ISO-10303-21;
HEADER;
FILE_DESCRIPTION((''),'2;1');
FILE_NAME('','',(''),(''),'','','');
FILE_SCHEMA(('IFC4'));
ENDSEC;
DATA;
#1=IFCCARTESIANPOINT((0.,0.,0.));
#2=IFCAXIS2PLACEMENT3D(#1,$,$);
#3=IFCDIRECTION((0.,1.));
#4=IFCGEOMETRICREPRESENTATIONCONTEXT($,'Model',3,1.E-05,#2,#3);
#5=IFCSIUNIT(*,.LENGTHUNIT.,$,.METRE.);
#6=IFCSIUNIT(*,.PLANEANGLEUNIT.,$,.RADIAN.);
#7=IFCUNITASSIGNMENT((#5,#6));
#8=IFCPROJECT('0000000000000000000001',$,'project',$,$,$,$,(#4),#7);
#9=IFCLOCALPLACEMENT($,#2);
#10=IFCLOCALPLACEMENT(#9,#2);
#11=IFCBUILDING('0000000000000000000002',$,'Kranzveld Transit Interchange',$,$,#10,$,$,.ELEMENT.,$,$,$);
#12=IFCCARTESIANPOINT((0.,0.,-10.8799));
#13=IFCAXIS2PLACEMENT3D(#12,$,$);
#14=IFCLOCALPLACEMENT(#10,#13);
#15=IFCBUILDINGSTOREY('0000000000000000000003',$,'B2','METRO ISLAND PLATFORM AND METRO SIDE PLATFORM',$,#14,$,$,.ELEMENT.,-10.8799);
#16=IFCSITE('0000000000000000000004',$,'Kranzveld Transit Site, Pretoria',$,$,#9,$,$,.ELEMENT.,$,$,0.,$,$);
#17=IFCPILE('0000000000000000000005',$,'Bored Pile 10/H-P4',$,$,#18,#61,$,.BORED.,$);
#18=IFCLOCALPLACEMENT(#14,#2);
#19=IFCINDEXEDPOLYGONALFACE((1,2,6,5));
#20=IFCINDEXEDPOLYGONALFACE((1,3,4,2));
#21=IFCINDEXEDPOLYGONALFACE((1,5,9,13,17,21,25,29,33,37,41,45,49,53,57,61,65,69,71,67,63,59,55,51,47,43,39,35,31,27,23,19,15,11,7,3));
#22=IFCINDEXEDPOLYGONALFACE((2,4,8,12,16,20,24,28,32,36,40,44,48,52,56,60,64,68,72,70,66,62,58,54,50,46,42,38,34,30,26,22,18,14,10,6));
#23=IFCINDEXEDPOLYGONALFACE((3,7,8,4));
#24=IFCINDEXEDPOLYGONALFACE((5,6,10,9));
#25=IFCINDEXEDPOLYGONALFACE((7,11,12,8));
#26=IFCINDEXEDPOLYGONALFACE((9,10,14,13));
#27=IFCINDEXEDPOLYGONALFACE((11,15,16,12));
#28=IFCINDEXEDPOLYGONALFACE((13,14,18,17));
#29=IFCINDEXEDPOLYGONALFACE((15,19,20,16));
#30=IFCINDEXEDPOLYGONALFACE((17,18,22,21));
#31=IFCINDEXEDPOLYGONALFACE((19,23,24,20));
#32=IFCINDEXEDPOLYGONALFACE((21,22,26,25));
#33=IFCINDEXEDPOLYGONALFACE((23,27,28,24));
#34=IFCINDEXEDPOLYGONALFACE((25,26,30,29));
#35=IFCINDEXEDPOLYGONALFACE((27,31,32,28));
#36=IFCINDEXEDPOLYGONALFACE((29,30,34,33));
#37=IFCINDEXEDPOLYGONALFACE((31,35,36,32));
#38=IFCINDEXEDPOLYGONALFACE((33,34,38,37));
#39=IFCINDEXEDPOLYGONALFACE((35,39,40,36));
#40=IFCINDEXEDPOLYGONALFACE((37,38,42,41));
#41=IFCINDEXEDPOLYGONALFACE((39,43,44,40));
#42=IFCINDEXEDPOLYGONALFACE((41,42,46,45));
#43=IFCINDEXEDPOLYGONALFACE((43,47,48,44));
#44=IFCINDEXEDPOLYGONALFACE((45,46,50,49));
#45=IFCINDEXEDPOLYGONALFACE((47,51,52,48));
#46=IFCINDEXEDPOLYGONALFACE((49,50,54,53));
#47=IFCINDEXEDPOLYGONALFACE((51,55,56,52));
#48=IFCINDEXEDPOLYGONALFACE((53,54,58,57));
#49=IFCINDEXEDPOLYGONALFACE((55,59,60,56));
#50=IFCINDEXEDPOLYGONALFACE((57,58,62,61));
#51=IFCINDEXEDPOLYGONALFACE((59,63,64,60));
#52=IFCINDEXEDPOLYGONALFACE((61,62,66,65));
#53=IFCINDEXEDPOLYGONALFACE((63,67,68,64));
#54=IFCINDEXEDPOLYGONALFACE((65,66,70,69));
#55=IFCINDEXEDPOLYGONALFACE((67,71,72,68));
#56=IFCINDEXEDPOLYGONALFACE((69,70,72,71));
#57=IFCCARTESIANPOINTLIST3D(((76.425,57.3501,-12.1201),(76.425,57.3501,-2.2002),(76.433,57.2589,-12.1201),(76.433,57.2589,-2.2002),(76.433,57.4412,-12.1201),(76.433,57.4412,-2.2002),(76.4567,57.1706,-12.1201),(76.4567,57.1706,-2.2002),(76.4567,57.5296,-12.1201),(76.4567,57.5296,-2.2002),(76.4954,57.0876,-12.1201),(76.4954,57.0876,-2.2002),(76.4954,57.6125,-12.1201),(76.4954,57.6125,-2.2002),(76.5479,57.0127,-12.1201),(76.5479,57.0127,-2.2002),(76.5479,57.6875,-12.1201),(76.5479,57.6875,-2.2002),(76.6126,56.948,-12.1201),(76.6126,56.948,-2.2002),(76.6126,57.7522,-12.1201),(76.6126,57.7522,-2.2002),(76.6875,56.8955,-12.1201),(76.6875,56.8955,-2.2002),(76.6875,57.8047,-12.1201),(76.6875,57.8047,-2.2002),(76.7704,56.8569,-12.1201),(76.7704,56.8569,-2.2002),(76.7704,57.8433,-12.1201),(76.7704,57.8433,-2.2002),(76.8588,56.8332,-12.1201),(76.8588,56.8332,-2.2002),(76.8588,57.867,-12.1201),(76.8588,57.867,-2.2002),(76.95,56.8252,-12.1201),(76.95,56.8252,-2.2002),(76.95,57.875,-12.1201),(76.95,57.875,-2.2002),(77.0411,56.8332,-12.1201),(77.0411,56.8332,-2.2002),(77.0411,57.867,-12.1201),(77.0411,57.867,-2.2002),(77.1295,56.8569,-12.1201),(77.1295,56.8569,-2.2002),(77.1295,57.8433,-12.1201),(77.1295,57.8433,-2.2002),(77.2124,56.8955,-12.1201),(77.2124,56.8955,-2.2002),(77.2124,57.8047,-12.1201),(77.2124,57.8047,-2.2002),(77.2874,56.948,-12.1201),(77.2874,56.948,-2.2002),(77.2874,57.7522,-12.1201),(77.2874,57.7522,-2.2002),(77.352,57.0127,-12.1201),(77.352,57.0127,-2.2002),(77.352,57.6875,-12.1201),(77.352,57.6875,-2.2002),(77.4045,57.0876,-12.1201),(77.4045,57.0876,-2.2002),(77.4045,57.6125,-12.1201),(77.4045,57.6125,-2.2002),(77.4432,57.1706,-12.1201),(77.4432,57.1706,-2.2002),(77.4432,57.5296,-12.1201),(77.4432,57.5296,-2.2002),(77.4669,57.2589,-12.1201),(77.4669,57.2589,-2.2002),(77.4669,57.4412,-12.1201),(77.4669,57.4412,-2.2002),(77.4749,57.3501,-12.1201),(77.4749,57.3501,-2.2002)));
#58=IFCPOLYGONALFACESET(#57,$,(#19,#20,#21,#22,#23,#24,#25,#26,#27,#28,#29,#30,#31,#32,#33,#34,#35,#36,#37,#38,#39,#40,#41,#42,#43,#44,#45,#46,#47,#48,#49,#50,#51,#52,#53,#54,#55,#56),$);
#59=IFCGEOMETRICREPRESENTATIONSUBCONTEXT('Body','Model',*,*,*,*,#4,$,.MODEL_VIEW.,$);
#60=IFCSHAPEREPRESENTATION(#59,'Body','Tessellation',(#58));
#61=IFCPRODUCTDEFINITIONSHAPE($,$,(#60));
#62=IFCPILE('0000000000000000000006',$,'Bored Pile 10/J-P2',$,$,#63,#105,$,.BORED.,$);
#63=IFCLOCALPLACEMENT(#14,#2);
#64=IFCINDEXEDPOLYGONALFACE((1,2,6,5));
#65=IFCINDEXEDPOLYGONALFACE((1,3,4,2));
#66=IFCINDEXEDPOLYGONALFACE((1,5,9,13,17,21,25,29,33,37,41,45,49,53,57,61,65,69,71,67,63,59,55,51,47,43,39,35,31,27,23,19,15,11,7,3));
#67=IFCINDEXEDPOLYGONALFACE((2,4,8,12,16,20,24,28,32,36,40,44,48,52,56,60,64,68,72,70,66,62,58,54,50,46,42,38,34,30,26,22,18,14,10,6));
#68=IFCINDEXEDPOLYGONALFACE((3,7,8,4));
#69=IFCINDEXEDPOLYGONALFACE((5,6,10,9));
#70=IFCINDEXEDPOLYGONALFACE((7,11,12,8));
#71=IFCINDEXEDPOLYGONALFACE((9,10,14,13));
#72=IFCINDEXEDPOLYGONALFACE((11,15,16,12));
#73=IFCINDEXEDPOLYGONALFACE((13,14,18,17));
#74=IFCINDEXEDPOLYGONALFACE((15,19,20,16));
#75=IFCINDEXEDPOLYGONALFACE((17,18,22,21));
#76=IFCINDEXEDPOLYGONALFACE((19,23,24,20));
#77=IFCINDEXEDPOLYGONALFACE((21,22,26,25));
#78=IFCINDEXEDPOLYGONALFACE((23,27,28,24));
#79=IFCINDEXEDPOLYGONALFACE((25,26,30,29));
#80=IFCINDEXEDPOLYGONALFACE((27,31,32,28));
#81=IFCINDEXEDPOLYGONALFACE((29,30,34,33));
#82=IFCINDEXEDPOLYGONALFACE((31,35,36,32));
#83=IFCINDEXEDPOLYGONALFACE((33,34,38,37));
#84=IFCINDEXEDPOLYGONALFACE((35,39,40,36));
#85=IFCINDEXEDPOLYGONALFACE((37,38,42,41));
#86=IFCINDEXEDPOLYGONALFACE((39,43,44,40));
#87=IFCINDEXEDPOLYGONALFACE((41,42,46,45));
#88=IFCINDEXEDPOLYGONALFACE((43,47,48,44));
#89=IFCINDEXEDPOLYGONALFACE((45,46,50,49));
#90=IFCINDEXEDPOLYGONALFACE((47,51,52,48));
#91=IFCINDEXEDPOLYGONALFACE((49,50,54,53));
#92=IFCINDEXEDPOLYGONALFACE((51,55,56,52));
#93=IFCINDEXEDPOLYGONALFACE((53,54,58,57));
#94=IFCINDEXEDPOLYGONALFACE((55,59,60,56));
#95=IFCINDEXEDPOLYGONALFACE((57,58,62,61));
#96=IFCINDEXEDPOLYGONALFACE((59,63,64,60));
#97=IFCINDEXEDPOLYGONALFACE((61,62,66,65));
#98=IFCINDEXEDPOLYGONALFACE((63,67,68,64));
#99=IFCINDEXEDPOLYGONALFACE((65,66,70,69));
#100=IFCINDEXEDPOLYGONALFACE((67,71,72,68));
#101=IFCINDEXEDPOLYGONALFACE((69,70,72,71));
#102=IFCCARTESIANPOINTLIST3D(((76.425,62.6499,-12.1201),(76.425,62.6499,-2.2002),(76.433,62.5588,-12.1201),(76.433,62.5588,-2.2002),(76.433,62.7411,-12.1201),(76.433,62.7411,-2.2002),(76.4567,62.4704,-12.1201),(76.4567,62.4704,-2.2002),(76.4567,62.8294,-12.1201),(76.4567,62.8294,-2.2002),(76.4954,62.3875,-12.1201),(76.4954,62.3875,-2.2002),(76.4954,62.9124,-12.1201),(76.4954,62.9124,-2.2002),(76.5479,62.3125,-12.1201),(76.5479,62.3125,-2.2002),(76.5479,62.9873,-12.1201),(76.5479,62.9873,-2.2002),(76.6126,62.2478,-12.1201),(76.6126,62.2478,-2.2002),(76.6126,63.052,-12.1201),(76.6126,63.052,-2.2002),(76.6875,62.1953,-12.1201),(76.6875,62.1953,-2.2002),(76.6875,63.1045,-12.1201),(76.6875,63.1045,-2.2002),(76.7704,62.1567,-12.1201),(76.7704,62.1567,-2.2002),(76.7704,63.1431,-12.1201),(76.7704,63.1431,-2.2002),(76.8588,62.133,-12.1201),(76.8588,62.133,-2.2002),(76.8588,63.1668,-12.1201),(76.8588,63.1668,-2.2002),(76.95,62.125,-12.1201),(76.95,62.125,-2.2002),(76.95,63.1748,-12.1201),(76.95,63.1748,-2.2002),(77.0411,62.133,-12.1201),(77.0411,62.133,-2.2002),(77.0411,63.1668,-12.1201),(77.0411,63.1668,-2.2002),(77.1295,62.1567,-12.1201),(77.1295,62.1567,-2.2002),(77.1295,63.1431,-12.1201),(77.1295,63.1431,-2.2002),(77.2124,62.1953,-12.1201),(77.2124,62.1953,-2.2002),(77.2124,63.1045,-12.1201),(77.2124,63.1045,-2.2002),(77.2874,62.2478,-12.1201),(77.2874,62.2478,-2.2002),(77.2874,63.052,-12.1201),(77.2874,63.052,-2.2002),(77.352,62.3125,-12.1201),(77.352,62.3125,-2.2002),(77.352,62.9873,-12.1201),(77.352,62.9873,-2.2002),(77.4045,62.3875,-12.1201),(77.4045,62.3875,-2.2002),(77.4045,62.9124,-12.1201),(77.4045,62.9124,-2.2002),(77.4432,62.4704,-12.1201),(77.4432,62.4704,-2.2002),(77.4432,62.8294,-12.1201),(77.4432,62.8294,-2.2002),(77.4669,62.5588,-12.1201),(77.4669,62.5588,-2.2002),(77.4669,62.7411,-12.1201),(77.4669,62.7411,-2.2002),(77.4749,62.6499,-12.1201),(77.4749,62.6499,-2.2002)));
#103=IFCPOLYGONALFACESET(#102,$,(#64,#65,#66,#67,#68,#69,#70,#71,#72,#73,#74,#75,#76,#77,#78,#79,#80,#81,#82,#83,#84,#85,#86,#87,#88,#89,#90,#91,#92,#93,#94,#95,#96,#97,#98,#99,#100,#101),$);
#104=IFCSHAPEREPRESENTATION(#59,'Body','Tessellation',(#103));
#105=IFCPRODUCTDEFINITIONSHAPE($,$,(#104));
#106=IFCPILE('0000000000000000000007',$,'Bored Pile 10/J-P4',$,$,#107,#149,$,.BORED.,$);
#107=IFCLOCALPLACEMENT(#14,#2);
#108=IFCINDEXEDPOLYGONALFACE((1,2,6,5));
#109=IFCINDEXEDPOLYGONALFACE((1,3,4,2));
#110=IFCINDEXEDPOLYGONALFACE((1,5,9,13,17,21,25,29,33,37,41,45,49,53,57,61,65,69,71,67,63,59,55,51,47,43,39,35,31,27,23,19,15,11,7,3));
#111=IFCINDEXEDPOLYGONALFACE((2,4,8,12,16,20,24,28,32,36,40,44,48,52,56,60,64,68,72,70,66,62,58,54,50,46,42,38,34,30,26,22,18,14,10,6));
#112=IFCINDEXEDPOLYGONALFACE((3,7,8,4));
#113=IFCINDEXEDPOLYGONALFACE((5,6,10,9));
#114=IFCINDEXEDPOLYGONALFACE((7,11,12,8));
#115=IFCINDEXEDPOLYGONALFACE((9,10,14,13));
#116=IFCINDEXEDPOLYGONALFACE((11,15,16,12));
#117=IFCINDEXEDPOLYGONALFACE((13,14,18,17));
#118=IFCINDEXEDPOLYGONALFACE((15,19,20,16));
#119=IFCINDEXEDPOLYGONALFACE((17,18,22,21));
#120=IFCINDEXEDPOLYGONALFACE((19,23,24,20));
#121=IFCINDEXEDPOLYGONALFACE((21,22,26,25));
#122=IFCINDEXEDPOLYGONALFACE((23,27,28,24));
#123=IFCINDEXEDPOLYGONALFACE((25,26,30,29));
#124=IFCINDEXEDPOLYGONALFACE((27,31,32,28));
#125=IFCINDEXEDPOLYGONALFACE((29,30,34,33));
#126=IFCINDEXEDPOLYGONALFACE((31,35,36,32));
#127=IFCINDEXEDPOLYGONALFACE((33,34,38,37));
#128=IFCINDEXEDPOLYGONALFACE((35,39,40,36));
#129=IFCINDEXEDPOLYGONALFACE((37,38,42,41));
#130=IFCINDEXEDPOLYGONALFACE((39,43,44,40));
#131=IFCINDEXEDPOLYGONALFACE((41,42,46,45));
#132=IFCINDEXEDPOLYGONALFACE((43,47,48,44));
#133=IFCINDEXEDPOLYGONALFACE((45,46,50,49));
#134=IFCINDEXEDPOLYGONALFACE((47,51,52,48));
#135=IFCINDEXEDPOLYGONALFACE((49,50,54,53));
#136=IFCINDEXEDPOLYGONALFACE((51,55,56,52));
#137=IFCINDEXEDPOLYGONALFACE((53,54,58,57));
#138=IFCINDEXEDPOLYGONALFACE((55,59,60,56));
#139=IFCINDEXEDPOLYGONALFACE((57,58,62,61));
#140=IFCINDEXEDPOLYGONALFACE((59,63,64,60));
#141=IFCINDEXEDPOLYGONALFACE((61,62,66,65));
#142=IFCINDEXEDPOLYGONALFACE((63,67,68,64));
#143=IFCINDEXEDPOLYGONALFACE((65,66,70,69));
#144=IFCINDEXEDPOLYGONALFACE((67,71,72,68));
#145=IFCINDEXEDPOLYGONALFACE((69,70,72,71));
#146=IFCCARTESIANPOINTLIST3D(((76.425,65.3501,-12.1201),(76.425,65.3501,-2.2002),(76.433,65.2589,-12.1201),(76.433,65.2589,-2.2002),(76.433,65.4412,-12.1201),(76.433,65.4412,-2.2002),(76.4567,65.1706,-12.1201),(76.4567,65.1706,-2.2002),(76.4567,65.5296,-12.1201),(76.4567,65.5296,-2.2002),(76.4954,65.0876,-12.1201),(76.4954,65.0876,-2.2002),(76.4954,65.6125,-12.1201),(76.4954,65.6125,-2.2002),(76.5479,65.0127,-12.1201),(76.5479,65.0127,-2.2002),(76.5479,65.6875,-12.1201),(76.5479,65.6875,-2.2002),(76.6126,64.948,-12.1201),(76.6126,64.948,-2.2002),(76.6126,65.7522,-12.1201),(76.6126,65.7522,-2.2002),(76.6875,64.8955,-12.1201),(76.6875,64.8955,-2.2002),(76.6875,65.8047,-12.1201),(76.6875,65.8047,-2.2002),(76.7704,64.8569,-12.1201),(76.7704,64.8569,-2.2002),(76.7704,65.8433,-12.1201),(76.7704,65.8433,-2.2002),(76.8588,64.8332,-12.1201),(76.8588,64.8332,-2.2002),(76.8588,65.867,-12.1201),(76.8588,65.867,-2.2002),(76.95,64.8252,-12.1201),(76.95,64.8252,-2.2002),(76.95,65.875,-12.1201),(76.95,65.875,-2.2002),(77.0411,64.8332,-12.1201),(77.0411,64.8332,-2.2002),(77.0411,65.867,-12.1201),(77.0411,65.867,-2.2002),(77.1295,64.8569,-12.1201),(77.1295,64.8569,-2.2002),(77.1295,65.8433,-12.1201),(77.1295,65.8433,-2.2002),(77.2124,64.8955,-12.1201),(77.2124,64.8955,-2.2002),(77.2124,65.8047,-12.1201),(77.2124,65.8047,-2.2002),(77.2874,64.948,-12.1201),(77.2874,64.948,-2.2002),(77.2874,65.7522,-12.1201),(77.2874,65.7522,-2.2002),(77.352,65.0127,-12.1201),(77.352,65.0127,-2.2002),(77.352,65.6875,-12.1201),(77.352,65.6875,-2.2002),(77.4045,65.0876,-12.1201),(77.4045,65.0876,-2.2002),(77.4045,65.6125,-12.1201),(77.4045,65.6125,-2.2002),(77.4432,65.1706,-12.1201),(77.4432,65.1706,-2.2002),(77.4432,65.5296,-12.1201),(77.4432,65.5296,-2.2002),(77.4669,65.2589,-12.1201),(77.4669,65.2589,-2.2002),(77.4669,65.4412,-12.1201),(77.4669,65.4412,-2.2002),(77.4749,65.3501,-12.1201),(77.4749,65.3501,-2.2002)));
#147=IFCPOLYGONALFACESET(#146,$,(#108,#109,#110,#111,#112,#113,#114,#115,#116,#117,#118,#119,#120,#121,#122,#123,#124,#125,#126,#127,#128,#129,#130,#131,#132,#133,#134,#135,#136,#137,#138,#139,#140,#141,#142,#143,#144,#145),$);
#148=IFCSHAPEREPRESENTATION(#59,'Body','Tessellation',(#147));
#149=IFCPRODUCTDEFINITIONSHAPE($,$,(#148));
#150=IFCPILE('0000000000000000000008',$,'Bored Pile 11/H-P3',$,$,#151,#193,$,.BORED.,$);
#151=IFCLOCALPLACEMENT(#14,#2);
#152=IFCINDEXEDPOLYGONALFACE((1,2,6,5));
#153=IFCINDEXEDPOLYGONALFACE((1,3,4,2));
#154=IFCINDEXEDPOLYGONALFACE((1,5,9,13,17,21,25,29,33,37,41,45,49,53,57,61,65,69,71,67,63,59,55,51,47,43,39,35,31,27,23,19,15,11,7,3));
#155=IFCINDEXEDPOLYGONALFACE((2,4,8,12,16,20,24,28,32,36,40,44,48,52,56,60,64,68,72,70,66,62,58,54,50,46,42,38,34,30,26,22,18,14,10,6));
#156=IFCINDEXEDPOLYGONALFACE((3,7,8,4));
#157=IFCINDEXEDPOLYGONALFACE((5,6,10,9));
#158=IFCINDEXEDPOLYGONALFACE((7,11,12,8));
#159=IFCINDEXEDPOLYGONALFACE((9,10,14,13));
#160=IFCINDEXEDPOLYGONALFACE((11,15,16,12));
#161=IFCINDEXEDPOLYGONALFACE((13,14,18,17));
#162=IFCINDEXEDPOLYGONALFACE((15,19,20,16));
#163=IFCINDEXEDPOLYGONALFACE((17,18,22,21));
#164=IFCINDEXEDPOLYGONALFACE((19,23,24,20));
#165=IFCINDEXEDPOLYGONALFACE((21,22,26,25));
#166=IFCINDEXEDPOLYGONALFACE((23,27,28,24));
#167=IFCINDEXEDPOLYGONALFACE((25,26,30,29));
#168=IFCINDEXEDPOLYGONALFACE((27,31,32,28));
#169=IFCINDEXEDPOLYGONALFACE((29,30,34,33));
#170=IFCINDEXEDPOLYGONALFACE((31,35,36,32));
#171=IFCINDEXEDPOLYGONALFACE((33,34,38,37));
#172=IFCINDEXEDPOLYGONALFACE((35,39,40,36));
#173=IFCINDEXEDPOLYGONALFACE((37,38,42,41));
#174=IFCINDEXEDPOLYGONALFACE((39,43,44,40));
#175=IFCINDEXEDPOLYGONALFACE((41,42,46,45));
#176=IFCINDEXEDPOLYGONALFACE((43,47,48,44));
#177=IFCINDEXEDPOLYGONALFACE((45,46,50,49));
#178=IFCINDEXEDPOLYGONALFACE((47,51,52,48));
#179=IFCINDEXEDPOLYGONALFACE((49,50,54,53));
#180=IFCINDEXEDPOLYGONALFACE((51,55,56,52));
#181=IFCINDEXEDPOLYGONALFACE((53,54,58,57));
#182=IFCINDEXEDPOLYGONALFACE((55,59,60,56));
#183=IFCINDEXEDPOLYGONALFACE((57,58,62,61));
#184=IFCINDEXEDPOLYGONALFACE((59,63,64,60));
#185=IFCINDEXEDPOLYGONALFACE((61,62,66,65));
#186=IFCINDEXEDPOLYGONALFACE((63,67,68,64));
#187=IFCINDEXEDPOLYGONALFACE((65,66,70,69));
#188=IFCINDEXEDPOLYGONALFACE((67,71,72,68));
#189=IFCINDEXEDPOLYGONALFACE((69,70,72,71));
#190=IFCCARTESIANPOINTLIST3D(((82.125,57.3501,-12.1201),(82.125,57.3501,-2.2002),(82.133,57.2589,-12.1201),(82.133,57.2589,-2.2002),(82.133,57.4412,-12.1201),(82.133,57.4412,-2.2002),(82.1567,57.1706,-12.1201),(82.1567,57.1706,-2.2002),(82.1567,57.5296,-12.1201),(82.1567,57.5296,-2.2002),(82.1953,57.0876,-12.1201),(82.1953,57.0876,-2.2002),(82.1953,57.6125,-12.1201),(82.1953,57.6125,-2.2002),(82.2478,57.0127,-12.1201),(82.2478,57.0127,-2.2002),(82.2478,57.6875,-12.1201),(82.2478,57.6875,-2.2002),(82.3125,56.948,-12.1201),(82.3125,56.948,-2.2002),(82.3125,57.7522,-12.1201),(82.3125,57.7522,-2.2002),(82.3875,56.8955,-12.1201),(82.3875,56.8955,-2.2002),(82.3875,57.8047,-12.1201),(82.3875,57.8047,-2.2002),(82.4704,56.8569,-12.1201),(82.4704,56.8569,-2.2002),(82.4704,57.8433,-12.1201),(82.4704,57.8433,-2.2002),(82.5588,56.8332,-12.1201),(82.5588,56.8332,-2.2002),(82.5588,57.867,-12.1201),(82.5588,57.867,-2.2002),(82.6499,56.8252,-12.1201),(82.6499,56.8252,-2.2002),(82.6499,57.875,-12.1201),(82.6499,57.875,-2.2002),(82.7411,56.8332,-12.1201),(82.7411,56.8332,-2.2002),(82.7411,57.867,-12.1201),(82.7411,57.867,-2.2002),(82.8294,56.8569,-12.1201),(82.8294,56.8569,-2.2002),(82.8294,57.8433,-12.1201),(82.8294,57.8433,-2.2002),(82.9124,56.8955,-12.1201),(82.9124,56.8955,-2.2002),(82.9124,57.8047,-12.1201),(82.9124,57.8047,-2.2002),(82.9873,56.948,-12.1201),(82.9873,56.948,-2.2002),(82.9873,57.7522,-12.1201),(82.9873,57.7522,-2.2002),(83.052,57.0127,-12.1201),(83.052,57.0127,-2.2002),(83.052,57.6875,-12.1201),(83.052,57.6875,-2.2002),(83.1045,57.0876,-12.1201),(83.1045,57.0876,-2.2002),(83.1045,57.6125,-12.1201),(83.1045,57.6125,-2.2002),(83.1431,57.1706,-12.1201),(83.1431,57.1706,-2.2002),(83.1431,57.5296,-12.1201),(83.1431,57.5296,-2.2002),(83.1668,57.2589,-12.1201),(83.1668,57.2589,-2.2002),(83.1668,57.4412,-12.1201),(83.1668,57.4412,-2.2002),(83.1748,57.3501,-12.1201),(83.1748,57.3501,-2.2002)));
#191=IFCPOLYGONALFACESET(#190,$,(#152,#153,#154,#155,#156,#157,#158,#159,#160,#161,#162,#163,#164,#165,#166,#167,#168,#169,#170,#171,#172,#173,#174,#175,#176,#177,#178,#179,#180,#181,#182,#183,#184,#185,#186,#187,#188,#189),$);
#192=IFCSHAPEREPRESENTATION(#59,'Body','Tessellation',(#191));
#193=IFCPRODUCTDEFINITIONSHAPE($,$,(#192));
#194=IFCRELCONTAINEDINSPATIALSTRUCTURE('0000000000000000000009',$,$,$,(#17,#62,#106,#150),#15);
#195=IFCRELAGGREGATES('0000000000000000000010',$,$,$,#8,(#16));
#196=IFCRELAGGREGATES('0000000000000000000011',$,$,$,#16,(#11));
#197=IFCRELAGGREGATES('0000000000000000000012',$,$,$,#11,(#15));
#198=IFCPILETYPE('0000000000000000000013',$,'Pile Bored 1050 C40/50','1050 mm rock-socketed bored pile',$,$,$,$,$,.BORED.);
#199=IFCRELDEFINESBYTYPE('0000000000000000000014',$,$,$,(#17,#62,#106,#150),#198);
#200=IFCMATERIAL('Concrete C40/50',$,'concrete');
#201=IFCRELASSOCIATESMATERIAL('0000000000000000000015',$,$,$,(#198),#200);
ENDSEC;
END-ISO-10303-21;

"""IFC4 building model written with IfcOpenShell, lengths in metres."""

from ifc_helpers import new_model, si_unit, direction, frame, origin, origin_2d, place, context, subcontext, project, spatial, circle, extrude, material, material_profile, profile_set, type_object, element, save


model = new_model("IFC4")

# Units and contexts
model_context = context("Model", 3, precision=1e-05, world=origin(), true_north=direction((0.0, 1.0)))
body_context = subcontext(model_context, "Body", "Model", "MODEL_VIEW")
ifc_project = project(units=[si_unit("LENGTHUNIT", "METRE"), si_unit("PLANEANGLEUNIT", "RADIAN")], contexts=[model_context])

# Site, building, storey
site_placement = place(None, origin())
site = spatial("IfcSite", under=ifc_project, at=site_placement, Name="Kranzveld Transit Site, Pretoria", CompositionType="ELEMENT", RefElevation=0.0)
building_placement = place(site_placement, origin())
building = spatial("IfcBuilding", under=site, at=building_placement, Name="Kranzveld Transit Interchange", CompositionType="ELEMENT")
storey_placement = place(building_placement, frame((0.0, 0.0, -10.8799)))
storey = spatial("IfcBuildingStorey", under=building, at=storey_placement, Name="B2", Description="METRO ISLAND PLATFORM AND METRO SIDE PLATFORM", CompositionType="ELEMENT", Elevation=-10.8799)

# Piles
ifc_material_1 = material(Name="Concrete C40/50", Category="concrete")
ifc_material_profile_1 = material_profile(ifc_material_1, circle(Radius=0.5249, at=origin_2d()), Name="BORED PILE 1050")
ifc_profile_set_1 = profile_set([ifc_material_profile_1], Name="Concrete C40/50")
pile_type_1 = type_object("IfcPileType", Name="Pile Bored 1050 C40/50", Description="1050 mm rock-socketed bored pile", PredefinedType="BORED", material=ifc_profile_set_1)
for number, where, z_axis, x_axis, name in (
    (1, (76.95, 57.3501, -2.2002), (0.0, 0.0, -1.0), (1.0, 0.0, 0.0), "Bored Pile 10/H-P4"),
    (2, (76.95, 62.6499, -2.2002), (0.0, 0.0, -1.0), (1.0, 0.0, 0.0), "Bored Pile 10/J-P2"),
    (3, (76.95, 65.3501, -2.2002), (0.0, 0.0, -1.0), (1.0, 0.0, 0.0), "Bored Pile 10/J-P4"),
    (4, (82.6499, 57.3501, -2.2002), (0.0, 0.0, -1.0), (1.0, 0.0, 0.0), "Bored Pile 11/H-P3"),
):
    element("IfcPile", number, at=place(storey_placement, frame(where, z_axis=z_axis, x_axis=x_axis)), inside=storey, type_object=pile_type_1, Name=name, PredefinedType="BORED", context=body_context, shape_type="SweptSolid", body=[
        extrude(circle(Radius=0.5249, at=origin_2d()), origin(), (0.0, 0.0, 1.0), 9.9199),
    ])

save(model, "model.ifc")
